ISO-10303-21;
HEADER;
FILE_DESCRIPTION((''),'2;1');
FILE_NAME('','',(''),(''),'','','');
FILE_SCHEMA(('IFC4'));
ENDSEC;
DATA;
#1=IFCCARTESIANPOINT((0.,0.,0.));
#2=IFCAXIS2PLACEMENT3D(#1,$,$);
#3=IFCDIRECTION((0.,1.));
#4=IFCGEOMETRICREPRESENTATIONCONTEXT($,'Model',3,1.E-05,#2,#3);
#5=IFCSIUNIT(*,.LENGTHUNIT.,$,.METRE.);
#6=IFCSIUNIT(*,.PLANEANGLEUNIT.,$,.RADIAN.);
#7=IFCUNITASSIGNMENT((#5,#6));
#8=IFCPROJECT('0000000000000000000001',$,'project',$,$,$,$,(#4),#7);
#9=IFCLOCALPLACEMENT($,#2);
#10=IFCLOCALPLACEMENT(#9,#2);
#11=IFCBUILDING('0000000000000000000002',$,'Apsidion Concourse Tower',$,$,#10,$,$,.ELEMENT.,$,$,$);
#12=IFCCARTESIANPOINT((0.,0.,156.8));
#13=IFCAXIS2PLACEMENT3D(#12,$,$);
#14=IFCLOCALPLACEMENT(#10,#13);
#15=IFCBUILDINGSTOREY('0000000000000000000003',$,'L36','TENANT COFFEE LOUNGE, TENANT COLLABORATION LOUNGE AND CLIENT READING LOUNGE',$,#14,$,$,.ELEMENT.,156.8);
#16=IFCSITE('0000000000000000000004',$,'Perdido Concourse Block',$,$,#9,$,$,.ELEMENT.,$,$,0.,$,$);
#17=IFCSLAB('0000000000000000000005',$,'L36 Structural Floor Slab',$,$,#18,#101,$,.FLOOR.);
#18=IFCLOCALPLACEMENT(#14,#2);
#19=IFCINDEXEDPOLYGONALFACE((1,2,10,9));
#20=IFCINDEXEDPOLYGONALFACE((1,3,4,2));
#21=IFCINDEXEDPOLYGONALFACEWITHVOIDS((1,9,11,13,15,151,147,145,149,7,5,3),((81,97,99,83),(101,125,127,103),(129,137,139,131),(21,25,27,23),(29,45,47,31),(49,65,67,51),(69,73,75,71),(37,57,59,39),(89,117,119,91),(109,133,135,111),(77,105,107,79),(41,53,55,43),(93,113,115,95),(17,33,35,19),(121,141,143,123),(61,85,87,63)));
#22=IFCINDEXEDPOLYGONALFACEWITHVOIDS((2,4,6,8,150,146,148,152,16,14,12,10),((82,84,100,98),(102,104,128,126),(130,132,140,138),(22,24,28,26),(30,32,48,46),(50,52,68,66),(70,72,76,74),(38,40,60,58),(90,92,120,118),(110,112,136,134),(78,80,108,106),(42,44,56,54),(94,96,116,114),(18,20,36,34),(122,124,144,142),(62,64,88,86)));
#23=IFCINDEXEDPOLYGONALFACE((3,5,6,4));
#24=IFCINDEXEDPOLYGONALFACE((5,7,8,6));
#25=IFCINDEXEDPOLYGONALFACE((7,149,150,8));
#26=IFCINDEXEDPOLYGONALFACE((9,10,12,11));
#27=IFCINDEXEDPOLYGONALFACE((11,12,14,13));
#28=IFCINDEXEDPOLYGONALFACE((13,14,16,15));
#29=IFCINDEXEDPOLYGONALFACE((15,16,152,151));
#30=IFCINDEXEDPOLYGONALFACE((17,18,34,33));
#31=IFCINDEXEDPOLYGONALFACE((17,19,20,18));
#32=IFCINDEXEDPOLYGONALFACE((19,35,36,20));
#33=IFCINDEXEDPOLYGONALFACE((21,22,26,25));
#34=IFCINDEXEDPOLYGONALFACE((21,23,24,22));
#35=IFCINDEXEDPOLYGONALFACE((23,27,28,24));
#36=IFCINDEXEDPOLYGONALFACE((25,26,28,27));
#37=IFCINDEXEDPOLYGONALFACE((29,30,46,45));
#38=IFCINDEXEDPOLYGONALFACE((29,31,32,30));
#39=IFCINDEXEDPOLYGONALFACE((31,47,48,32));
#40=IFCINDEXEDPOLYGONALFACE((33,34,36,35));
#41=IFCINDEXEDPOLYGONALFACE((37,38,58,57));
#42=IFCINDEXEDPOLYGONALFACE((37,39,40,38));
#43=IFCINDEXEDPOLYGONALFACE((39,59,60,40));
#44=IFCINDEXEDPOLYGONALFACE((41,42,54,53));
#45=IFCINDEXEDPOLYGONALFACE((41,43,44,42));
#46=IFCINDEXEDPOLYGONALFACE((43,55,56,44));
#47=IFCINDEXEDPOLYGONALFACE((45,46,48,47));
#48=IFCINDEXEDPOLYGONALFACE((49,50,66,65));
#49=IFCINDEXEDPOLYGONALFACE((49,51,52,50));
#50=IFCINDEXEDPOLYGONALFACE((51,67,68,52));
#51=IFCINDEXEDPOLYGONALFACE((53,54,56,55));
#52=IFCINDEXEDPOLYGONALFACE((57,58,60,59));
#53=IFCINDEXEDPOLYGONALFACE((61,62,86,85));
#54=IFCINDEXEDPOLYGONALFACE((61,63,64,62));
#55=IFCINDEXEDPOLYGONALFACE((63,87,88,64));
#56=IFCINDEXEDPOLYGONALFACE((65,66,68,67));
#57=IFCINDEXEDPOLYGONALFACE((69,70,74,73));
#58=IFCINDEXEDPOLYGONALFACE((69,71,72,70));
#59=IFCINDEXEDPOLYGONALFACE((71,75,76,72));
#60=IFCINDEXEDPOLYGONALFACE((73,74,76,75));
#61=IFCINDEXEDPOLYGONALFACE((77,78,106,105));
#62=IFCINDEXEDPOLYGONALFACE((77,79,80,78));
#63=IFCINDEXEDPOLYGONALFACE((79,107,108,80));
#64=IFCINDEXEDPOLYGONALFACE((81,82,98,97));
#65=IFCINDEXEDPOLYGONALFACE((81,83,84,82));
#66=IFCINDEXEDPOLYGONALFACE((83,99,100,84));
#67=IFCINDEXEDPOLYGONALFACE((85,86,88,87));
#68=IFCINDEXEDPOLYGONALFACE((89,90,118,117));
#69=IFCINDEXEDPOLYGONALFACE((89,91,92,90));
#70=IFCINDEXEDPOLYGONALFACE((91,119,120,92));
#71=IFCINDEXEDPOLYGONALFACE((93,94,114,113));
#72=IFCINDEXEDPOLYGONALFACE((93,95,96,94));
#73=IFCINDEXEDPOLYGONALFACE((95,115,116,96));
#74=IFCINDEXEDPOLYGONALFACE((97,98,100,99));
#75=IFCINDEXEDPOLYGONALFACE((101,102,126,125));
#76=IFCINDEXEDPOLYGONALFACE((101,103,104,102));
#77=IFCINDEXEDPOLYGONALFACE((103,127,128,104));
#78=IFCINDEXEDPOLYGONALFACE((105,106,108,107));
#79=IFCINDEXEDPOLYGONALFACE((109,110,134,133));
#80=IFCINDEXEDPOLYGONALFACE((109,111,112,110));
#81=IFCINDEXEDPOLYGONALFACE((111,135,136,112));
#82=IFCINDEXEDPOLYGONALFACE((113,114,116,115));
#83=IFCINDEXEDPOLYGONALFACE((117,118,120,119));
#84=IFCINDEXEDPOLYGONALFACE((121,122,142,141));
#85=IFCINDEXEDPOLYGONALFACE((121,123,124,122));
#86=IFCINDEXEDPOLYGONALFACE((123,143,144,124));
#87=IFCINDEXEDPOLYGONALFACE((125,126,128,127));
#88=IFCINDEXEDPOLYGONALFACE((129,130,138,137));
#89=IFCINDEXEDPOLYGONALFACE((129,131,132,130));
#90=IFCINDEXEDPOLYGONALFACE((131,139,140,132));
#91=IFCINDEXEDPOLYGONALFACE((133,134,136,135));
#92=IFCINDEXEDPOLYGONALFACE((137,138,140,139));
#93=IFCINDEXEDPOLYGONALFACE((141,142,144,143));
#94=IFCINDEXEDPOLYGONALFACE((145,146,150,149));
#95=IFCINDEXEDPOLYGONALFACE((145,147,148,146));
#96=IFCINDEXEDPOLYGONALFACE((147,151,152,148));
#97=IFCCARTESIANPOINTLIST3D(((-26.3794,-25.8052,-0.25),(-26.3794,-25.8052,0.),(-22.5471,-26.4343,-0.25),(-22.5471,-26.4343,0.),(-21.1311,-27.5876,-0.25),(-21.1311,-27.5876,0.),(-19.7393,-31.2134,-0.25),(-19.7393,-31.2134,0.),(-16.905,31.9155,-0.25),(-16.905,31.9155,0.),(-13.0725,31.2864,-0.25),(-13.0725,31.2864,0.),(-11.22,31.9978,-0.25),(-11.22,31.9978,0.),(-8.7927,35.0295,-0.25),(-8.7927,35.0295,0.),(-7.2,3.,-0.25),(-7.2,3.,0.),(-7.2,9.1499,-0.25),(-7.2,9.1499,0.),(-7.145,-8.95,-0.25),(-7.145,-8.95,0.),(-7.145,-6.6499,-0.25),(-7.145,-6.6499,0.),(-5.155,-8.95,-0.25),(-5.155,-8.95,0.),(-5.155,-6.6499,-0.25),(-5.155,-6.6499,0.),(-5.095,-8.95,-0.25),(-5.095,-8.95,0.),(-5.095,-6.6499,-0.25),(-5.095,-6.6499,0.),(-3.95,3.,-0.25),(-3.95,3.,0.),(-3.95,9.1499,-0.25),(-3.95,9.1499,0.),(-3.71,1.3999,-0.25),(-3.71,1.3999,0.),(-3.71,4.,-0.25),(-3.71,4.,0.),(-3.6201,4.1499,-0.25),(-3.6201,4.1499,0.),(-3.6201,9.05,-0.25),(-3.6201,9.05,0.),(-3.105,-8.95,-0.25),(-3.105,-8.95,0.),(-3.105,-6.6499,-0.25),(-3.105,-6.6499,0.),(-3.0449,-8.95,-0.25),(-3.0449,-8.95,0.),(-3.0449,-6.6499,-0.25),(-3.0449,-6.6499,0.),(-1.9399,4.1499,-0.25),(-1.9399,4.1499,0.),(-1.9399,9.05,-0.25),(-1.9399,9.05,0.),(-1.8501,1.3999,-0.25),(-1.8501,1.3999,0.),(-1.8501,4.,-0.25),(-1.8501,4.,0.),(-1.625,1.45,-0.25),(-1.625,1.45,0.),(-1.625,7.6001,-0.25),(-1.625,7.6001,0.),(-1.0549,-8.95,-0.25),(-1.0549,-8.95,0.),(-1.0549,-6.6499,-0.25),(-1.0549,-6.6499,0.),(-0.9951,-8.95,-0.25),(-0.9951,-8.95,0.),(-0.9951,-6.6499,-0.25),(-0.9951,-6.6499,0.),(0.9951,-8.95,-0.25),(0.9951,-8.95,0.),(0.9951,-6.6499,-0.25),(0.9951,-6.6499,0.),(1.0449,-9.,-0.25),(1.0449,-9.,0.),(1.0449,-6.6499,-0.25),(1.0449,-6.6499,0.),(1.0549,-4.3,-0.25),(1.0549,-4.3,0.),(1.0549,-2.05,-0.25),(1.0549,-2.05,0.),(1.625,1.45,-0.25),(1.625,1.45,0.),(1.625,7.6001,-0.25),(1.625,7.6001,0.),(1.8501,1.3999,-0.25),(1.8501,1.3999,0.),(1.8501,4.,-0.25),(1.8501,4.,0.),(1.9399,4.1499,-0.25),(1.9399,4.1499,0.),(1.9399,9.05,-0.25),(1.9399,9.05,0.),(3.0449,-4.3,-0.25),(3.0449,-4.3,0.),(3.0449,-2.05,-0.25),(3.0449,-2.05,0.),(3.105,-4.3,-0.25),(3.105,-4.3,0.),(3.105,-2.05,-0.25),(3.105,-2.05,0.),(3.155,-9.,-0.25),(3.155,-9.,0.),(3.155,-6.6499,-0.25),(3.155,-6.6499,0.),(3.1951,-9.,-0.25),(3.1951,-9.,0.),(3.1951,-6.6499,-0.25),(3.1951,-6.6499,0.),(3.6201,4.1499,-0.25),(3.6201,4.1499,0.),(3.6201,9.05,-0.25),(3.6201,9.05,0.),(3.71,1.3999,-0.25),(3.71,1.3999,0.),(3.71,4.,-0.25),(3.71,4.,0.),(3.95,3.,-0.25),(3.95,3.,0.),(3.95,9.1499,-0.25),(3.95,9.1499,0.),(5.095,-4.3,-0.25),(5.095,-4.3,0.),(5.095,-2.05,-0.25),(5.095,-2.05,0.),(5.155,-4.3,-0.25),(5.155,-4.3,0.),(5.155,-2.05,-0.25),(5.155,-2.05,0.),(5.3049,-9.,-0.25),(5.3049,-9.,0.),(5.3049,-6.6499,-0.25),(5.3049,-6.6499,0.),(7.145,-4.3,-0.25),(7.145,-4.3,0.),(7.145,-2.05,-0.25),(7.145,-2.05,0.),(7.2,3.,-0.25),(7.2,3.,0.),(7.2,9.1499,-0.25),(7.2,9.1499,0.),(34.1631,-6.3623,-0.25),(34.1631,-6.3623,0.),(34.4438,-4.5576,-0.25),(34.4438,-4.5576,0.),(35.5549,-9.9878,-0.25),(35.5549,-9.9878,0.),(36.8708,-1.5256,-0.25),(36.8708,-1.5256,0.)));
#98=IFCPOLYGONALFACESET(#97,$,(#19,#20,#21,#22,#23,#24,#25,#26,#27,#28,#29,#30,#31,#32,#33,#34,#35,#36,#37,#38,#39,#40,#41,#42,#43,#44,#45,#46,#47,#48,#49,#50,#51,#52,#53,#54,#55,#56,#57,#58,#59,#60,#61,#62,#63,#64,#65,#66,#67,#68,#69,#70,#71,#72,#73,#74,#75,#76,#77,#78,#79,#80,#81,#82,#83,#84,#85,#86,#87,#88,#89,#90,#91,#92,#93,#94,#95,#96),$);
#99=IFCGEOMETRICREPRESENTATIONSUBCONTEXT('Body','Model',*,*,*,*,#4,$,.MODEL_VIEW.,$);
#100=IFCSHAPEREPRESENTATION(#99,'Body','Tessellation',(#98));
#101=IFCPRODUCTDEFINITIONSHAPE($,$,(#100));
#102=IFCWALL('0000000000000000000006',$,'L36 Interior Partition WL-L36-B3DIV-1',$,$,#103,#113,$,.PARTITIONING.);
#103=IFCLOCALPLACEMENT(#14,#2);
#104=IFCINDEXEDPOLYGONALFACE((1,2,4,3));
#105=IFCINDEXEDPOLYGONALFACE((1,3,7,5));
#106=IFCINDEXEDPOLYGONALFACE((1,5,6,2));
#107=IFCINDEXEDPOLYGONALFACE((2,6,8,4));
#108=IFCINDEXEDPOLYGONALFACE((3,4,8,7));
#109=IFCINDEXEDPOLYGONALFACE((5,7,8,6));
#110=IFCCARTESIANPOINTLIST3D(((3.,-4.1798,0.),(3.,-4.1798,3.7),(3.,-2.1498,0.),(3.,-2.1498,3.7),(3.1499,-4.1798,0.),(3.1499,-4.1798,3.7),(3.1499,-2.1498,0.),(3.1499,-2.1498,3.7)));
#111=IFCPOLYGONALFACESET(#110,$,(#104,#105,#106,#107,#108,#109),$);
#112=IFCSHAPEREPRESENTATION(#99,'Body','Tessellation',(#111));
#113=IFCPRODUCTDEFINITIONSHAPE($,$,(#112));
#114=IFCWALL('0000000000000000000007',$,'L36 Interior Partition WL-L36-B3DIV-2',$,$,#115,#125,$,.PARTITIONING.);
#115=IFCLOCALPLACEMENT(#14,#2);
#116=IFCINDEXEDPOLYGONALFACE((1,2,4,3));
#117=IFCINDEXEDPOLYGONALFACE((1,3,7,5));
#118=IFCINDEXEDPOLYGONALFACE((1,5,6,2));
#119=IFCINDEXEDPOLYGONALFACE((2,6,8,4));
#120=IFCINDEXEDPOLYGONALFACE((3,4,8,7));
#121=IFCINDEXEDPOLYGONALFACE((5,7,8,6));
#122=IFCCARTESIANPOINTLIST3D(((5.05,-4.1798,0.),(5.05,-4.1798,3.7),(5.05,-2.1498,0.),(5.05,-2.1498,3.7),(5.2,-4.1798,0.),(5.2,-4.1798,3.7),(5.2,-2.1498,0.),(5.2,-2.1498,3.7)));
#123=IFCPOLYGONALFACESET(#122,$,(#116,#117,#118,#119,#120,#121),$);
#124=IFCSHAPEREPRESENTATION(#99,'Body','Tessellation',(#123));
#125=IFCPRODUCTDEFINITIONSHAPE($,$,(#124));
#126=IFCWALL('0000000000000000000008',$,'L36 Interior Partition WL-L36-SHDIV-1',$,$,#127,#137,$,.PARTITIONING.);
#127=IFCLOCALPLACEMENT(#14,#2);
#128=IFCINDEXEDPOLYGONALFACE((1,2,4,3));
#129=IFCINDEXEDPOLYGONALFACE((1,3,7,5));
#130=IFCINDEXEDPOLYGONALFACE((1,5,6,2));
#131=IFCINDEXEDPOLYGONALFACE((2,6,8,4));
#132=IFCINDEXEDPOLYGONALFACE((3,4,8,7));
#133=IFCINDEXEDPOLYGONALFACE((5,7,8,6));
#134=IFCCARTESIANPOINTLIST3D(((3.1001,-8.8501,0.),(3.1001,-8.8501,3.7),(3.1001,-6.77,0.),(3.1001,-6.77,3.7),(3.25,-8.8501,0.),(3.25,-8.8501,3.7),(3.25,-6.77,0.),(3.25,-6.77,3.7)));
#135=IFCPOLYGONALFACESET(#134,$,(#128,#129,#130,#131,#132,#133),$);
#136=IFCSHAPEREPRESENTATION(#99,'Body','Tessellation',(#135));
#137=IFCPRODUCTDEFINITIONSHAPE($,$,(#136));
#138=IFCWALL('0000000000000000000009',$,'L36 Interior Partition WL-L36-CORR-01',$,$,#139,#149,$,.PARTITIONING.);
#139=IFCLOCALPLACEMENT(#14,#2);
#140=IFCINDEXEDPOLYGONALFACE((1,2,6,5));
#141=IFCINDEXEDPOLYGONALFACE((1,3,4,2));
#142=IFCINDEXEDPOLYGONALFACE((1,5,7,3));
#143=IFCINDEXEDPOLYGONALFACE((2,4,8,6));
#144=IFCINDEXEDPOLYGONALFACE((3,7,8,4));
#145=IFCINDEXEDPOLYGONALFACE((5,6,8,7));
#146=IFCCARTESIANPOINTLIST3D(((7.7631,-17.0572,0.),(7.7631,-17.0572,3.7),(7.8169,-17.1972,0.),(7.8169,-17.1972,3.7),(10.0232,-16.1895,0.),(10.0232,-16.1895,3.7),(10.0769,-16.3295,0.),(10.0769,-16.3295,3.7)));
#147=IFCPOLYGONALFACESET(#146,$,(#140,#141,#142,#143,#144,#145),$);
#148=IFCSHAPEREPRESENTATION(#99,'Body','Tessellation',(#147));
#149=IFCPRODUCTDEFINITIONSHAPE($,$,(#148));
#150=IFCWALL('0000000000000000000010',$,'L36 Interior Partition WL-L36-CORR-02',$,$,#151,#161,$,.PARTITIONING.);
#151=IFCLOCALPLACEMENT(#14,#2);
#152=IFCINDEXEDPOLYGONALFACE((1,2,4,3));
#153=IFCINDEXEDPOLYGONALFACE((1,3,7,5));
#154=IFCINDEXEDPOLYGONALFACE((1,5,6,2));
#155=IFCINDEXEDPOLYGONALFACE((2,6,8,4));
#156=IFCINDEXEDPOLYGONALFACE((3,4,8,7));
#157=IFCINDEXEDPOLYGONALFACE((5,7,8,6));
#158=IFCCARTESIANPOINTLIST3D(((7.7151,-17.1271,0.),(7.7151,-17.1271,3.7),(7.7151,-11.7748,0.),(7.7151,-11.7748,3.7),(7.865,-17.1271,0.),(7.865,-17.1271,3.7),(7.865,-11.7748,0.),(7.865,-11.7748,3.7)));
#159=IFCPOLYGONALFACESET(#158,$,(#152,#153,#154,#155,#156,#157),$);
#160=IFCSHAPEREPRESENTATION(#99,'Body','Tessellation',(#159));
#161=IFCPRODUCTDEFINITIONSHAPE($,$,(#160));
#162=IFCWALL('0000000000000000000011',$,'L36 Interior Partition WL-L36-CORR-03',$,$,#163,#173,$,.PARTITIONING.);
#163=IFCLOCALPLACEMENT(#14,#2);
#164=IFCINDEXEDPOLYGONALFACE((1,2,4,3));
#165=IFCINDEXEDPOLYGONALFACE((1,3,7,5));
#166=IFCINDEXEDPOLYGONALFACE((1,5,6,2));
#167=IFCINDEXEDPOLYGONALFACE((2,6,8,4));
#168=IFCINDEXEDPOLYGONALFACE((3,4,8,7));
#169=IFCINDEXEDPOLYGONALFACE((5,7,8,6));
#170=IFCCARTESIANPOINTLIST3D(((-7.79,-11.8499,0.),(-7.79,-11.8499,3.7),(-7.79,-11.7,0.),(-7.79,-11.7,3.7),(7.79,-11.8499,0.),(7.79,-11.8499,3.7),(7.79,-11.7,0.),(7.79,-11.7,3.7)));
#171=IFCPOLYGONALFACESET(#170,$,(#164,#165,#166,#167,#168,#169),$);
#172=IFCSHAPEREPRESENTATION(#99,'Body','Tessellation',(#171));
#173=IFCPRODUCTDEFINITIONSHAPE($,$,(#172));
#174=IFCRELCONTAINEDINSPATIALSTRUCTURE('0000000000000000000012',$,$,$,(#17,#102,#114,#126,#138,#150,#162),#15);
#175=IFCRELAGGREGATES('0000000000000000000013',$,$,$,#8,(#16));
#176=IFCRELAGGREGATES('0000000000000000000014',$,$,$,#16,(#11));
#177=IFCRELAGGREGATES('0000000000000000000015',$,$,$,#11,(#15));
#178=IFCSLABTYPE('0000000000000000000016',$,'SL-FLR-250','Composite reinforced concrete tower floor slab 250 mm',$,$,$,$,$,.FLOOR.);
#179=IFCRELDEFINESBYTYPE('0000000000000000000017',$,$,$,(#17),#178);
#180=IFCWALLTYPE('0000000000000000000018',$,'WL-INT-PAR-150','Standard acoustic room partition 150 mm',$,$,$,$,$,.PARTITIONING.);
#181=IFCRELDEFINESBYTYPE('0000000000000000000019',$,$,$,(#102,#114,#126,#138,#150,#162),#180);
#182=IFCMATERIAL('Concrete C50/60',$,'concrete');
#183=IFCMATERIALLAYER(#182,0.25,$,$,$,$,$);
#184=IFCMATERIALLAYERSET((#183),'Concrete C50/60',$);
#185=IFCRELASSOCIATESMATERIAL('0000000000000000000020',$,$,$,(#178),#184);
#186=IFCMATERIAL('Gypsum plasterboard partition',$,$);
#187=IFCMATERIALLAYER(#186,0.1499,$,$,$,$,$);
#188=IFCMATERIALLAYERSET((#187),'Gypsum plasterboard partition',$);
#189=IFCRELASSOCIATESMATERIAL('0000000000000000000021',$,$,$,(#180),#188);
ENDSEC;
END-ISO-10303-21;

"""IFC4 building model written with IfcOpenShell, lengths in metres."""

from ifc_helpers import new_model, si_unit, direction, frame, frame_2d, origin, place, context, subcontext, project, spatial, polyline, rectangle, outline, extrude, material, layer, layer_set, type_object, element, save


model = new_model("IFC4")

# Units and contexts
model_context = context("Model", 3, precision=1e-05, world=origin(), true_north=direction((0.0, 1.0)))
body_context = subcontext(model_context, "Body", "Model", "MODEL_VIEW")
ifc_project = project(units=[si_unit("LENGTHUNIT", "METRE"), si_unit("PLANEANGLEUNIT", "RADIAN")], contexts=[model_context])

# Site, building, storey
site_placement = place(None, origin())
site = spatial("IfcSite", under=ifc_project, at=site_placement, Name="Perdido Concourse Block", CompositionType="ELEMENT", RefElevation=0.0)
building_placement = place(site_placement, origin())
building = spatial("IfcBuilding", under=site, at=building_placement, Name="Apsidion Concourse Tower", CompositionType="ELEMENT")
storey_placement = place(building_placement, frame((0.0, 0.0, 156.8)))
storey = spatial("IfcBuildingStorey", under=building, at=storey_placement, Name="L36", Description="TENANT COFFEE LOUNGE, TENANT COLLABORATION LOUNGE AND CLIENT READING LOUNGE", CompositionType="ELEMENT", Elevation=156.8)

# Shared definitions
ifc_material_1 = material(Name="Concrete C50/60", Category="concrete")

# Slab
ifc_layer_1 = layer(ifc_material_1, 0.25)
ifc_layer_set_1 = layer_set([ifc_layer_1], Name="Concrete C50/60")
slab_type_1 = type_object("IfcSlabType", Name="SL-FLR-250", Description="Composite reinforced concrete tower floor slab 250 mm", PredefinedType="FLOOR", material=ifc_layer_set_1)
slab_1_placement = place(storey_placement, frame((0.0, 0.0, -0.25)))
element("IfcSlab", 1, at=slab_1_placement, inside=storey, type_object=slab_type_1, Name="L36 Structural Floor Slab", PredefinedType="FLOOR", context=body_context, shape_type="SweptSolid", body=[
    extrude(outline(polyline([(-8.7927, 35.0295), (-11.22, 31.9978), (-13.0725, 31.2864), (-16.905, 31.9155), (-26.3794, -25.8052), (-22.5471, -26.4343), (-21.1311, -27.5876), (-19.7393, -31.2134), (35.5549, -9.9878), (34.1631, -6.3623), (34.4438, -4.5576), (36.8708, -1.5256), (-8.7927, 35.0295)]), holes=[polyline([(-3.95, 3.0), (-3.95, 9.1499), (-7.2, 9.1499), (-7.2, 3.0), (-3.95, 3.0)]), polyline([(7.2, 3.0), (7.2, 9.1499), (3.95, 9.1499), (3.95, 3.0), (7.2, 3.0)]), polyline([(-1.625, 7.6001), (-1.625, 1.45), (1.625, 1.45), (1.625, 7.6001), (-1.625, 7.6001)]), polyline([(1.0549, -4.3), (3.0449, -4.3), (3.0449, -2.05), (1.0549, -2.05), (1.0549, -4.3)]), polyline([(3.105, -4.3), (5.095, -4.3), (5.095, -2.05), (3.105, -2.05), (3.105, -4.3)]), polyline([(5.155, -4.3), (7.145, -4.3), (7.145, -2.05), (5.155, -2.05), (5.155, -4.3)]), polyline([(-7.145, -8.95), (-5.155, -8.95), (-5.155, -6.6499), (-7.145, -6.6499), (-7.145, -8.95)]), polyline([(-5.095, -8.95), (-3.105, -8.95), (-3.105, -6.6499), (-5.095, -6.6499), (-5.095, -8.95)]), polyline([(-3.0449, -8.95), (-1.0549, -8.95), (-1.0549, -6.6499), (-3.0449, -6.6499), (-3.0449, -8.95)]), polyline([(-0.9951, -8.95), (0.9951, -8.95), (0.9951, -6.6499), (-0.9951, -6.6499), (-0.9951, -8.95)]), polyline([(1.0449, -9.0), (3.155, -9.0), (3.155, -6.6499), (1.0449, -6.6499), (1.0449, -9.0)]), polyline([(3.1951, -9.0), (5.3049, -9.0), (5.3049, -6.6499), (3.1951, -6.6499), (3.1951, -9.0)]), polyline([(-3.71, 1.3999), (-1.8501, 1.3999), (-1.8501, 4.0), (-3.71, 4.0), (-3.71, 1.3999)]), polyline([(1.8501, 1.3999), (3.71, 1.3999), (3.71, 4.0), (1.8501, 4.0), (1.8501, 1.3999)]), polyline([(-3.6201, 4.1499), (-1.9399, 4.1499), (-1.9399, 9.05), (-3.6201, 9.05), (-3.6201, 4.1499)]), polyline([(1.9399, 4.1499), (3.6201, 4.1499), (3.6201, 9.05), (1.9399, 9.05), (1.9399, 4.1499)])]), origin(), (0.0, 0.0, 1.0), 0.25),
])

# Walls
ifc_material_2 = material(Name="Gypsum plasterboard partition")
ifc_layer_2 = layer(ifc_material_2, 0.1499)
ifc_layer_set_2 = layer_set([ifc_layer_2], Name="Gypsum plasterboard partition")
wall_type_1 = type_object("IfcWallType", Name="WL-INT-PAR-150", Description="Standard acoustic room partition 150 mm", PredefinedType="PARTITIONING", material=ifc_layer_set_2)
for number, where, z_axis, x_axis, name in (
    (2, (3.075, -4.1799, 0.0), (0.0, 0.0, 1.0), (0.0, 1.0, 0.0), "L36 Interior Partition WL-L36-B3DIV-1"),
    (3, (5.125, -4.1799, 0.0), (0.0, 0.0, 1.0), (0.0, 1.0, 0.0), "L36 Interior Partition WL-L36-B3DIV-2"),
):
    element("IfcWall", number, at=place(storey_placement, frame(where, z_axis=z_axis, x_axis=x_axis)), inside=storey, type_object=wall_type_1, Name=name, PredefinedType="PARTITIONING", context=body_context, shape_type="SweptSolid", body=[
        extrude(rectangle(XDim=2.03, YDim=0.1499, at=frame_2d((1.0151, 0.0))), origin(), (0.0, 0.0, 1.0), 3.7),
    ])
wall_1_placement = place(storey_placement, frame((3.175, -8.8501, 0.0), z_axis=(0.0, 0.0, 1.0), x_axis=(0.0, 1.0, 0.0)))
element("IfcWall", 4, at=wall_1_placement, inside=storey, type_object=wall_type_1, Name="L36 Interior Partition WL-L36-SHDIV-1", PredefinedType="PARTITIONING", context=body_context, shape_type="SweptSolid", body=[
    extrude(rectangle(XDim=2.0801, YDim=0.1499, at=frame_2d((1.04, 0.0))), origin(), (0.0, 0.0, 1.0), 3.7),
])
wall_2_placement = place(storey_placement, frame((10.05, -16.2595, 0.0), z_axis=(0.0, 0.0, 1.0), x_axis=(-0.933561, -0.358418, 0.0)))
element("IfcWall", 5, at=wall_2_placement, inside=storey, type_object=wall_type_1, Name="L36 Interior Partition WL-L36-CORR-01", PredefinedType="PARTITIONING", context=body_context, shape_type="SweptSolid", body=[
    extrude(rectangle(XDim=2.4209, YDim=0.1499, at=frame_2d((1.2104, 0.0))), origin(), (0.0, 0.0, 1.0), 3.7),
])
wall_3_placement = place(storey_placement, frame((7.79, -17.1272, 0.0), z_axis=(0.0, 0.0, 1.0), x_axis=(0.0, 1.0, 0.0)))
element("IfcWall", 6, at=wall_3_placement, inside=storey, type_object=wall_type_1, Name="L36 Interior Partition WL-L36-CORR-02", PredefinedType="PARTITIONING", context=body_context, shape_type="SweptSolid", body=[
    extrude(rectangle(XDim=5.3523, YDim=0.1499, at=frame_2d((2.6763, 0.0))), origin(), (0.0, 0.0, 1.0), 3.7),
])
wall_4_placement = place(storey_placement, frame((7.79, -11.7749, 0.0), z_axis=(0.0, 0.0, 1.0), x_axis=(-1.0, 0.0, 0.0)))
element("IfcWall", 7, at=wall_4_placement, inside=storey, type_object=wall_type_1, Name="L36 Interior Partition WL-L36-CORR-03", PredefinedType="PARTITIONING", context=body_context, shape_type="SweptSolid", body=[
    extrude(rectangle(XDim=15.5801, YDim=0.1499, at=frame_2d((7.79, 0.0))), origin(), (0.0, 0.0, 1.0), 3.7),
])

save(model, "model.ifc")
